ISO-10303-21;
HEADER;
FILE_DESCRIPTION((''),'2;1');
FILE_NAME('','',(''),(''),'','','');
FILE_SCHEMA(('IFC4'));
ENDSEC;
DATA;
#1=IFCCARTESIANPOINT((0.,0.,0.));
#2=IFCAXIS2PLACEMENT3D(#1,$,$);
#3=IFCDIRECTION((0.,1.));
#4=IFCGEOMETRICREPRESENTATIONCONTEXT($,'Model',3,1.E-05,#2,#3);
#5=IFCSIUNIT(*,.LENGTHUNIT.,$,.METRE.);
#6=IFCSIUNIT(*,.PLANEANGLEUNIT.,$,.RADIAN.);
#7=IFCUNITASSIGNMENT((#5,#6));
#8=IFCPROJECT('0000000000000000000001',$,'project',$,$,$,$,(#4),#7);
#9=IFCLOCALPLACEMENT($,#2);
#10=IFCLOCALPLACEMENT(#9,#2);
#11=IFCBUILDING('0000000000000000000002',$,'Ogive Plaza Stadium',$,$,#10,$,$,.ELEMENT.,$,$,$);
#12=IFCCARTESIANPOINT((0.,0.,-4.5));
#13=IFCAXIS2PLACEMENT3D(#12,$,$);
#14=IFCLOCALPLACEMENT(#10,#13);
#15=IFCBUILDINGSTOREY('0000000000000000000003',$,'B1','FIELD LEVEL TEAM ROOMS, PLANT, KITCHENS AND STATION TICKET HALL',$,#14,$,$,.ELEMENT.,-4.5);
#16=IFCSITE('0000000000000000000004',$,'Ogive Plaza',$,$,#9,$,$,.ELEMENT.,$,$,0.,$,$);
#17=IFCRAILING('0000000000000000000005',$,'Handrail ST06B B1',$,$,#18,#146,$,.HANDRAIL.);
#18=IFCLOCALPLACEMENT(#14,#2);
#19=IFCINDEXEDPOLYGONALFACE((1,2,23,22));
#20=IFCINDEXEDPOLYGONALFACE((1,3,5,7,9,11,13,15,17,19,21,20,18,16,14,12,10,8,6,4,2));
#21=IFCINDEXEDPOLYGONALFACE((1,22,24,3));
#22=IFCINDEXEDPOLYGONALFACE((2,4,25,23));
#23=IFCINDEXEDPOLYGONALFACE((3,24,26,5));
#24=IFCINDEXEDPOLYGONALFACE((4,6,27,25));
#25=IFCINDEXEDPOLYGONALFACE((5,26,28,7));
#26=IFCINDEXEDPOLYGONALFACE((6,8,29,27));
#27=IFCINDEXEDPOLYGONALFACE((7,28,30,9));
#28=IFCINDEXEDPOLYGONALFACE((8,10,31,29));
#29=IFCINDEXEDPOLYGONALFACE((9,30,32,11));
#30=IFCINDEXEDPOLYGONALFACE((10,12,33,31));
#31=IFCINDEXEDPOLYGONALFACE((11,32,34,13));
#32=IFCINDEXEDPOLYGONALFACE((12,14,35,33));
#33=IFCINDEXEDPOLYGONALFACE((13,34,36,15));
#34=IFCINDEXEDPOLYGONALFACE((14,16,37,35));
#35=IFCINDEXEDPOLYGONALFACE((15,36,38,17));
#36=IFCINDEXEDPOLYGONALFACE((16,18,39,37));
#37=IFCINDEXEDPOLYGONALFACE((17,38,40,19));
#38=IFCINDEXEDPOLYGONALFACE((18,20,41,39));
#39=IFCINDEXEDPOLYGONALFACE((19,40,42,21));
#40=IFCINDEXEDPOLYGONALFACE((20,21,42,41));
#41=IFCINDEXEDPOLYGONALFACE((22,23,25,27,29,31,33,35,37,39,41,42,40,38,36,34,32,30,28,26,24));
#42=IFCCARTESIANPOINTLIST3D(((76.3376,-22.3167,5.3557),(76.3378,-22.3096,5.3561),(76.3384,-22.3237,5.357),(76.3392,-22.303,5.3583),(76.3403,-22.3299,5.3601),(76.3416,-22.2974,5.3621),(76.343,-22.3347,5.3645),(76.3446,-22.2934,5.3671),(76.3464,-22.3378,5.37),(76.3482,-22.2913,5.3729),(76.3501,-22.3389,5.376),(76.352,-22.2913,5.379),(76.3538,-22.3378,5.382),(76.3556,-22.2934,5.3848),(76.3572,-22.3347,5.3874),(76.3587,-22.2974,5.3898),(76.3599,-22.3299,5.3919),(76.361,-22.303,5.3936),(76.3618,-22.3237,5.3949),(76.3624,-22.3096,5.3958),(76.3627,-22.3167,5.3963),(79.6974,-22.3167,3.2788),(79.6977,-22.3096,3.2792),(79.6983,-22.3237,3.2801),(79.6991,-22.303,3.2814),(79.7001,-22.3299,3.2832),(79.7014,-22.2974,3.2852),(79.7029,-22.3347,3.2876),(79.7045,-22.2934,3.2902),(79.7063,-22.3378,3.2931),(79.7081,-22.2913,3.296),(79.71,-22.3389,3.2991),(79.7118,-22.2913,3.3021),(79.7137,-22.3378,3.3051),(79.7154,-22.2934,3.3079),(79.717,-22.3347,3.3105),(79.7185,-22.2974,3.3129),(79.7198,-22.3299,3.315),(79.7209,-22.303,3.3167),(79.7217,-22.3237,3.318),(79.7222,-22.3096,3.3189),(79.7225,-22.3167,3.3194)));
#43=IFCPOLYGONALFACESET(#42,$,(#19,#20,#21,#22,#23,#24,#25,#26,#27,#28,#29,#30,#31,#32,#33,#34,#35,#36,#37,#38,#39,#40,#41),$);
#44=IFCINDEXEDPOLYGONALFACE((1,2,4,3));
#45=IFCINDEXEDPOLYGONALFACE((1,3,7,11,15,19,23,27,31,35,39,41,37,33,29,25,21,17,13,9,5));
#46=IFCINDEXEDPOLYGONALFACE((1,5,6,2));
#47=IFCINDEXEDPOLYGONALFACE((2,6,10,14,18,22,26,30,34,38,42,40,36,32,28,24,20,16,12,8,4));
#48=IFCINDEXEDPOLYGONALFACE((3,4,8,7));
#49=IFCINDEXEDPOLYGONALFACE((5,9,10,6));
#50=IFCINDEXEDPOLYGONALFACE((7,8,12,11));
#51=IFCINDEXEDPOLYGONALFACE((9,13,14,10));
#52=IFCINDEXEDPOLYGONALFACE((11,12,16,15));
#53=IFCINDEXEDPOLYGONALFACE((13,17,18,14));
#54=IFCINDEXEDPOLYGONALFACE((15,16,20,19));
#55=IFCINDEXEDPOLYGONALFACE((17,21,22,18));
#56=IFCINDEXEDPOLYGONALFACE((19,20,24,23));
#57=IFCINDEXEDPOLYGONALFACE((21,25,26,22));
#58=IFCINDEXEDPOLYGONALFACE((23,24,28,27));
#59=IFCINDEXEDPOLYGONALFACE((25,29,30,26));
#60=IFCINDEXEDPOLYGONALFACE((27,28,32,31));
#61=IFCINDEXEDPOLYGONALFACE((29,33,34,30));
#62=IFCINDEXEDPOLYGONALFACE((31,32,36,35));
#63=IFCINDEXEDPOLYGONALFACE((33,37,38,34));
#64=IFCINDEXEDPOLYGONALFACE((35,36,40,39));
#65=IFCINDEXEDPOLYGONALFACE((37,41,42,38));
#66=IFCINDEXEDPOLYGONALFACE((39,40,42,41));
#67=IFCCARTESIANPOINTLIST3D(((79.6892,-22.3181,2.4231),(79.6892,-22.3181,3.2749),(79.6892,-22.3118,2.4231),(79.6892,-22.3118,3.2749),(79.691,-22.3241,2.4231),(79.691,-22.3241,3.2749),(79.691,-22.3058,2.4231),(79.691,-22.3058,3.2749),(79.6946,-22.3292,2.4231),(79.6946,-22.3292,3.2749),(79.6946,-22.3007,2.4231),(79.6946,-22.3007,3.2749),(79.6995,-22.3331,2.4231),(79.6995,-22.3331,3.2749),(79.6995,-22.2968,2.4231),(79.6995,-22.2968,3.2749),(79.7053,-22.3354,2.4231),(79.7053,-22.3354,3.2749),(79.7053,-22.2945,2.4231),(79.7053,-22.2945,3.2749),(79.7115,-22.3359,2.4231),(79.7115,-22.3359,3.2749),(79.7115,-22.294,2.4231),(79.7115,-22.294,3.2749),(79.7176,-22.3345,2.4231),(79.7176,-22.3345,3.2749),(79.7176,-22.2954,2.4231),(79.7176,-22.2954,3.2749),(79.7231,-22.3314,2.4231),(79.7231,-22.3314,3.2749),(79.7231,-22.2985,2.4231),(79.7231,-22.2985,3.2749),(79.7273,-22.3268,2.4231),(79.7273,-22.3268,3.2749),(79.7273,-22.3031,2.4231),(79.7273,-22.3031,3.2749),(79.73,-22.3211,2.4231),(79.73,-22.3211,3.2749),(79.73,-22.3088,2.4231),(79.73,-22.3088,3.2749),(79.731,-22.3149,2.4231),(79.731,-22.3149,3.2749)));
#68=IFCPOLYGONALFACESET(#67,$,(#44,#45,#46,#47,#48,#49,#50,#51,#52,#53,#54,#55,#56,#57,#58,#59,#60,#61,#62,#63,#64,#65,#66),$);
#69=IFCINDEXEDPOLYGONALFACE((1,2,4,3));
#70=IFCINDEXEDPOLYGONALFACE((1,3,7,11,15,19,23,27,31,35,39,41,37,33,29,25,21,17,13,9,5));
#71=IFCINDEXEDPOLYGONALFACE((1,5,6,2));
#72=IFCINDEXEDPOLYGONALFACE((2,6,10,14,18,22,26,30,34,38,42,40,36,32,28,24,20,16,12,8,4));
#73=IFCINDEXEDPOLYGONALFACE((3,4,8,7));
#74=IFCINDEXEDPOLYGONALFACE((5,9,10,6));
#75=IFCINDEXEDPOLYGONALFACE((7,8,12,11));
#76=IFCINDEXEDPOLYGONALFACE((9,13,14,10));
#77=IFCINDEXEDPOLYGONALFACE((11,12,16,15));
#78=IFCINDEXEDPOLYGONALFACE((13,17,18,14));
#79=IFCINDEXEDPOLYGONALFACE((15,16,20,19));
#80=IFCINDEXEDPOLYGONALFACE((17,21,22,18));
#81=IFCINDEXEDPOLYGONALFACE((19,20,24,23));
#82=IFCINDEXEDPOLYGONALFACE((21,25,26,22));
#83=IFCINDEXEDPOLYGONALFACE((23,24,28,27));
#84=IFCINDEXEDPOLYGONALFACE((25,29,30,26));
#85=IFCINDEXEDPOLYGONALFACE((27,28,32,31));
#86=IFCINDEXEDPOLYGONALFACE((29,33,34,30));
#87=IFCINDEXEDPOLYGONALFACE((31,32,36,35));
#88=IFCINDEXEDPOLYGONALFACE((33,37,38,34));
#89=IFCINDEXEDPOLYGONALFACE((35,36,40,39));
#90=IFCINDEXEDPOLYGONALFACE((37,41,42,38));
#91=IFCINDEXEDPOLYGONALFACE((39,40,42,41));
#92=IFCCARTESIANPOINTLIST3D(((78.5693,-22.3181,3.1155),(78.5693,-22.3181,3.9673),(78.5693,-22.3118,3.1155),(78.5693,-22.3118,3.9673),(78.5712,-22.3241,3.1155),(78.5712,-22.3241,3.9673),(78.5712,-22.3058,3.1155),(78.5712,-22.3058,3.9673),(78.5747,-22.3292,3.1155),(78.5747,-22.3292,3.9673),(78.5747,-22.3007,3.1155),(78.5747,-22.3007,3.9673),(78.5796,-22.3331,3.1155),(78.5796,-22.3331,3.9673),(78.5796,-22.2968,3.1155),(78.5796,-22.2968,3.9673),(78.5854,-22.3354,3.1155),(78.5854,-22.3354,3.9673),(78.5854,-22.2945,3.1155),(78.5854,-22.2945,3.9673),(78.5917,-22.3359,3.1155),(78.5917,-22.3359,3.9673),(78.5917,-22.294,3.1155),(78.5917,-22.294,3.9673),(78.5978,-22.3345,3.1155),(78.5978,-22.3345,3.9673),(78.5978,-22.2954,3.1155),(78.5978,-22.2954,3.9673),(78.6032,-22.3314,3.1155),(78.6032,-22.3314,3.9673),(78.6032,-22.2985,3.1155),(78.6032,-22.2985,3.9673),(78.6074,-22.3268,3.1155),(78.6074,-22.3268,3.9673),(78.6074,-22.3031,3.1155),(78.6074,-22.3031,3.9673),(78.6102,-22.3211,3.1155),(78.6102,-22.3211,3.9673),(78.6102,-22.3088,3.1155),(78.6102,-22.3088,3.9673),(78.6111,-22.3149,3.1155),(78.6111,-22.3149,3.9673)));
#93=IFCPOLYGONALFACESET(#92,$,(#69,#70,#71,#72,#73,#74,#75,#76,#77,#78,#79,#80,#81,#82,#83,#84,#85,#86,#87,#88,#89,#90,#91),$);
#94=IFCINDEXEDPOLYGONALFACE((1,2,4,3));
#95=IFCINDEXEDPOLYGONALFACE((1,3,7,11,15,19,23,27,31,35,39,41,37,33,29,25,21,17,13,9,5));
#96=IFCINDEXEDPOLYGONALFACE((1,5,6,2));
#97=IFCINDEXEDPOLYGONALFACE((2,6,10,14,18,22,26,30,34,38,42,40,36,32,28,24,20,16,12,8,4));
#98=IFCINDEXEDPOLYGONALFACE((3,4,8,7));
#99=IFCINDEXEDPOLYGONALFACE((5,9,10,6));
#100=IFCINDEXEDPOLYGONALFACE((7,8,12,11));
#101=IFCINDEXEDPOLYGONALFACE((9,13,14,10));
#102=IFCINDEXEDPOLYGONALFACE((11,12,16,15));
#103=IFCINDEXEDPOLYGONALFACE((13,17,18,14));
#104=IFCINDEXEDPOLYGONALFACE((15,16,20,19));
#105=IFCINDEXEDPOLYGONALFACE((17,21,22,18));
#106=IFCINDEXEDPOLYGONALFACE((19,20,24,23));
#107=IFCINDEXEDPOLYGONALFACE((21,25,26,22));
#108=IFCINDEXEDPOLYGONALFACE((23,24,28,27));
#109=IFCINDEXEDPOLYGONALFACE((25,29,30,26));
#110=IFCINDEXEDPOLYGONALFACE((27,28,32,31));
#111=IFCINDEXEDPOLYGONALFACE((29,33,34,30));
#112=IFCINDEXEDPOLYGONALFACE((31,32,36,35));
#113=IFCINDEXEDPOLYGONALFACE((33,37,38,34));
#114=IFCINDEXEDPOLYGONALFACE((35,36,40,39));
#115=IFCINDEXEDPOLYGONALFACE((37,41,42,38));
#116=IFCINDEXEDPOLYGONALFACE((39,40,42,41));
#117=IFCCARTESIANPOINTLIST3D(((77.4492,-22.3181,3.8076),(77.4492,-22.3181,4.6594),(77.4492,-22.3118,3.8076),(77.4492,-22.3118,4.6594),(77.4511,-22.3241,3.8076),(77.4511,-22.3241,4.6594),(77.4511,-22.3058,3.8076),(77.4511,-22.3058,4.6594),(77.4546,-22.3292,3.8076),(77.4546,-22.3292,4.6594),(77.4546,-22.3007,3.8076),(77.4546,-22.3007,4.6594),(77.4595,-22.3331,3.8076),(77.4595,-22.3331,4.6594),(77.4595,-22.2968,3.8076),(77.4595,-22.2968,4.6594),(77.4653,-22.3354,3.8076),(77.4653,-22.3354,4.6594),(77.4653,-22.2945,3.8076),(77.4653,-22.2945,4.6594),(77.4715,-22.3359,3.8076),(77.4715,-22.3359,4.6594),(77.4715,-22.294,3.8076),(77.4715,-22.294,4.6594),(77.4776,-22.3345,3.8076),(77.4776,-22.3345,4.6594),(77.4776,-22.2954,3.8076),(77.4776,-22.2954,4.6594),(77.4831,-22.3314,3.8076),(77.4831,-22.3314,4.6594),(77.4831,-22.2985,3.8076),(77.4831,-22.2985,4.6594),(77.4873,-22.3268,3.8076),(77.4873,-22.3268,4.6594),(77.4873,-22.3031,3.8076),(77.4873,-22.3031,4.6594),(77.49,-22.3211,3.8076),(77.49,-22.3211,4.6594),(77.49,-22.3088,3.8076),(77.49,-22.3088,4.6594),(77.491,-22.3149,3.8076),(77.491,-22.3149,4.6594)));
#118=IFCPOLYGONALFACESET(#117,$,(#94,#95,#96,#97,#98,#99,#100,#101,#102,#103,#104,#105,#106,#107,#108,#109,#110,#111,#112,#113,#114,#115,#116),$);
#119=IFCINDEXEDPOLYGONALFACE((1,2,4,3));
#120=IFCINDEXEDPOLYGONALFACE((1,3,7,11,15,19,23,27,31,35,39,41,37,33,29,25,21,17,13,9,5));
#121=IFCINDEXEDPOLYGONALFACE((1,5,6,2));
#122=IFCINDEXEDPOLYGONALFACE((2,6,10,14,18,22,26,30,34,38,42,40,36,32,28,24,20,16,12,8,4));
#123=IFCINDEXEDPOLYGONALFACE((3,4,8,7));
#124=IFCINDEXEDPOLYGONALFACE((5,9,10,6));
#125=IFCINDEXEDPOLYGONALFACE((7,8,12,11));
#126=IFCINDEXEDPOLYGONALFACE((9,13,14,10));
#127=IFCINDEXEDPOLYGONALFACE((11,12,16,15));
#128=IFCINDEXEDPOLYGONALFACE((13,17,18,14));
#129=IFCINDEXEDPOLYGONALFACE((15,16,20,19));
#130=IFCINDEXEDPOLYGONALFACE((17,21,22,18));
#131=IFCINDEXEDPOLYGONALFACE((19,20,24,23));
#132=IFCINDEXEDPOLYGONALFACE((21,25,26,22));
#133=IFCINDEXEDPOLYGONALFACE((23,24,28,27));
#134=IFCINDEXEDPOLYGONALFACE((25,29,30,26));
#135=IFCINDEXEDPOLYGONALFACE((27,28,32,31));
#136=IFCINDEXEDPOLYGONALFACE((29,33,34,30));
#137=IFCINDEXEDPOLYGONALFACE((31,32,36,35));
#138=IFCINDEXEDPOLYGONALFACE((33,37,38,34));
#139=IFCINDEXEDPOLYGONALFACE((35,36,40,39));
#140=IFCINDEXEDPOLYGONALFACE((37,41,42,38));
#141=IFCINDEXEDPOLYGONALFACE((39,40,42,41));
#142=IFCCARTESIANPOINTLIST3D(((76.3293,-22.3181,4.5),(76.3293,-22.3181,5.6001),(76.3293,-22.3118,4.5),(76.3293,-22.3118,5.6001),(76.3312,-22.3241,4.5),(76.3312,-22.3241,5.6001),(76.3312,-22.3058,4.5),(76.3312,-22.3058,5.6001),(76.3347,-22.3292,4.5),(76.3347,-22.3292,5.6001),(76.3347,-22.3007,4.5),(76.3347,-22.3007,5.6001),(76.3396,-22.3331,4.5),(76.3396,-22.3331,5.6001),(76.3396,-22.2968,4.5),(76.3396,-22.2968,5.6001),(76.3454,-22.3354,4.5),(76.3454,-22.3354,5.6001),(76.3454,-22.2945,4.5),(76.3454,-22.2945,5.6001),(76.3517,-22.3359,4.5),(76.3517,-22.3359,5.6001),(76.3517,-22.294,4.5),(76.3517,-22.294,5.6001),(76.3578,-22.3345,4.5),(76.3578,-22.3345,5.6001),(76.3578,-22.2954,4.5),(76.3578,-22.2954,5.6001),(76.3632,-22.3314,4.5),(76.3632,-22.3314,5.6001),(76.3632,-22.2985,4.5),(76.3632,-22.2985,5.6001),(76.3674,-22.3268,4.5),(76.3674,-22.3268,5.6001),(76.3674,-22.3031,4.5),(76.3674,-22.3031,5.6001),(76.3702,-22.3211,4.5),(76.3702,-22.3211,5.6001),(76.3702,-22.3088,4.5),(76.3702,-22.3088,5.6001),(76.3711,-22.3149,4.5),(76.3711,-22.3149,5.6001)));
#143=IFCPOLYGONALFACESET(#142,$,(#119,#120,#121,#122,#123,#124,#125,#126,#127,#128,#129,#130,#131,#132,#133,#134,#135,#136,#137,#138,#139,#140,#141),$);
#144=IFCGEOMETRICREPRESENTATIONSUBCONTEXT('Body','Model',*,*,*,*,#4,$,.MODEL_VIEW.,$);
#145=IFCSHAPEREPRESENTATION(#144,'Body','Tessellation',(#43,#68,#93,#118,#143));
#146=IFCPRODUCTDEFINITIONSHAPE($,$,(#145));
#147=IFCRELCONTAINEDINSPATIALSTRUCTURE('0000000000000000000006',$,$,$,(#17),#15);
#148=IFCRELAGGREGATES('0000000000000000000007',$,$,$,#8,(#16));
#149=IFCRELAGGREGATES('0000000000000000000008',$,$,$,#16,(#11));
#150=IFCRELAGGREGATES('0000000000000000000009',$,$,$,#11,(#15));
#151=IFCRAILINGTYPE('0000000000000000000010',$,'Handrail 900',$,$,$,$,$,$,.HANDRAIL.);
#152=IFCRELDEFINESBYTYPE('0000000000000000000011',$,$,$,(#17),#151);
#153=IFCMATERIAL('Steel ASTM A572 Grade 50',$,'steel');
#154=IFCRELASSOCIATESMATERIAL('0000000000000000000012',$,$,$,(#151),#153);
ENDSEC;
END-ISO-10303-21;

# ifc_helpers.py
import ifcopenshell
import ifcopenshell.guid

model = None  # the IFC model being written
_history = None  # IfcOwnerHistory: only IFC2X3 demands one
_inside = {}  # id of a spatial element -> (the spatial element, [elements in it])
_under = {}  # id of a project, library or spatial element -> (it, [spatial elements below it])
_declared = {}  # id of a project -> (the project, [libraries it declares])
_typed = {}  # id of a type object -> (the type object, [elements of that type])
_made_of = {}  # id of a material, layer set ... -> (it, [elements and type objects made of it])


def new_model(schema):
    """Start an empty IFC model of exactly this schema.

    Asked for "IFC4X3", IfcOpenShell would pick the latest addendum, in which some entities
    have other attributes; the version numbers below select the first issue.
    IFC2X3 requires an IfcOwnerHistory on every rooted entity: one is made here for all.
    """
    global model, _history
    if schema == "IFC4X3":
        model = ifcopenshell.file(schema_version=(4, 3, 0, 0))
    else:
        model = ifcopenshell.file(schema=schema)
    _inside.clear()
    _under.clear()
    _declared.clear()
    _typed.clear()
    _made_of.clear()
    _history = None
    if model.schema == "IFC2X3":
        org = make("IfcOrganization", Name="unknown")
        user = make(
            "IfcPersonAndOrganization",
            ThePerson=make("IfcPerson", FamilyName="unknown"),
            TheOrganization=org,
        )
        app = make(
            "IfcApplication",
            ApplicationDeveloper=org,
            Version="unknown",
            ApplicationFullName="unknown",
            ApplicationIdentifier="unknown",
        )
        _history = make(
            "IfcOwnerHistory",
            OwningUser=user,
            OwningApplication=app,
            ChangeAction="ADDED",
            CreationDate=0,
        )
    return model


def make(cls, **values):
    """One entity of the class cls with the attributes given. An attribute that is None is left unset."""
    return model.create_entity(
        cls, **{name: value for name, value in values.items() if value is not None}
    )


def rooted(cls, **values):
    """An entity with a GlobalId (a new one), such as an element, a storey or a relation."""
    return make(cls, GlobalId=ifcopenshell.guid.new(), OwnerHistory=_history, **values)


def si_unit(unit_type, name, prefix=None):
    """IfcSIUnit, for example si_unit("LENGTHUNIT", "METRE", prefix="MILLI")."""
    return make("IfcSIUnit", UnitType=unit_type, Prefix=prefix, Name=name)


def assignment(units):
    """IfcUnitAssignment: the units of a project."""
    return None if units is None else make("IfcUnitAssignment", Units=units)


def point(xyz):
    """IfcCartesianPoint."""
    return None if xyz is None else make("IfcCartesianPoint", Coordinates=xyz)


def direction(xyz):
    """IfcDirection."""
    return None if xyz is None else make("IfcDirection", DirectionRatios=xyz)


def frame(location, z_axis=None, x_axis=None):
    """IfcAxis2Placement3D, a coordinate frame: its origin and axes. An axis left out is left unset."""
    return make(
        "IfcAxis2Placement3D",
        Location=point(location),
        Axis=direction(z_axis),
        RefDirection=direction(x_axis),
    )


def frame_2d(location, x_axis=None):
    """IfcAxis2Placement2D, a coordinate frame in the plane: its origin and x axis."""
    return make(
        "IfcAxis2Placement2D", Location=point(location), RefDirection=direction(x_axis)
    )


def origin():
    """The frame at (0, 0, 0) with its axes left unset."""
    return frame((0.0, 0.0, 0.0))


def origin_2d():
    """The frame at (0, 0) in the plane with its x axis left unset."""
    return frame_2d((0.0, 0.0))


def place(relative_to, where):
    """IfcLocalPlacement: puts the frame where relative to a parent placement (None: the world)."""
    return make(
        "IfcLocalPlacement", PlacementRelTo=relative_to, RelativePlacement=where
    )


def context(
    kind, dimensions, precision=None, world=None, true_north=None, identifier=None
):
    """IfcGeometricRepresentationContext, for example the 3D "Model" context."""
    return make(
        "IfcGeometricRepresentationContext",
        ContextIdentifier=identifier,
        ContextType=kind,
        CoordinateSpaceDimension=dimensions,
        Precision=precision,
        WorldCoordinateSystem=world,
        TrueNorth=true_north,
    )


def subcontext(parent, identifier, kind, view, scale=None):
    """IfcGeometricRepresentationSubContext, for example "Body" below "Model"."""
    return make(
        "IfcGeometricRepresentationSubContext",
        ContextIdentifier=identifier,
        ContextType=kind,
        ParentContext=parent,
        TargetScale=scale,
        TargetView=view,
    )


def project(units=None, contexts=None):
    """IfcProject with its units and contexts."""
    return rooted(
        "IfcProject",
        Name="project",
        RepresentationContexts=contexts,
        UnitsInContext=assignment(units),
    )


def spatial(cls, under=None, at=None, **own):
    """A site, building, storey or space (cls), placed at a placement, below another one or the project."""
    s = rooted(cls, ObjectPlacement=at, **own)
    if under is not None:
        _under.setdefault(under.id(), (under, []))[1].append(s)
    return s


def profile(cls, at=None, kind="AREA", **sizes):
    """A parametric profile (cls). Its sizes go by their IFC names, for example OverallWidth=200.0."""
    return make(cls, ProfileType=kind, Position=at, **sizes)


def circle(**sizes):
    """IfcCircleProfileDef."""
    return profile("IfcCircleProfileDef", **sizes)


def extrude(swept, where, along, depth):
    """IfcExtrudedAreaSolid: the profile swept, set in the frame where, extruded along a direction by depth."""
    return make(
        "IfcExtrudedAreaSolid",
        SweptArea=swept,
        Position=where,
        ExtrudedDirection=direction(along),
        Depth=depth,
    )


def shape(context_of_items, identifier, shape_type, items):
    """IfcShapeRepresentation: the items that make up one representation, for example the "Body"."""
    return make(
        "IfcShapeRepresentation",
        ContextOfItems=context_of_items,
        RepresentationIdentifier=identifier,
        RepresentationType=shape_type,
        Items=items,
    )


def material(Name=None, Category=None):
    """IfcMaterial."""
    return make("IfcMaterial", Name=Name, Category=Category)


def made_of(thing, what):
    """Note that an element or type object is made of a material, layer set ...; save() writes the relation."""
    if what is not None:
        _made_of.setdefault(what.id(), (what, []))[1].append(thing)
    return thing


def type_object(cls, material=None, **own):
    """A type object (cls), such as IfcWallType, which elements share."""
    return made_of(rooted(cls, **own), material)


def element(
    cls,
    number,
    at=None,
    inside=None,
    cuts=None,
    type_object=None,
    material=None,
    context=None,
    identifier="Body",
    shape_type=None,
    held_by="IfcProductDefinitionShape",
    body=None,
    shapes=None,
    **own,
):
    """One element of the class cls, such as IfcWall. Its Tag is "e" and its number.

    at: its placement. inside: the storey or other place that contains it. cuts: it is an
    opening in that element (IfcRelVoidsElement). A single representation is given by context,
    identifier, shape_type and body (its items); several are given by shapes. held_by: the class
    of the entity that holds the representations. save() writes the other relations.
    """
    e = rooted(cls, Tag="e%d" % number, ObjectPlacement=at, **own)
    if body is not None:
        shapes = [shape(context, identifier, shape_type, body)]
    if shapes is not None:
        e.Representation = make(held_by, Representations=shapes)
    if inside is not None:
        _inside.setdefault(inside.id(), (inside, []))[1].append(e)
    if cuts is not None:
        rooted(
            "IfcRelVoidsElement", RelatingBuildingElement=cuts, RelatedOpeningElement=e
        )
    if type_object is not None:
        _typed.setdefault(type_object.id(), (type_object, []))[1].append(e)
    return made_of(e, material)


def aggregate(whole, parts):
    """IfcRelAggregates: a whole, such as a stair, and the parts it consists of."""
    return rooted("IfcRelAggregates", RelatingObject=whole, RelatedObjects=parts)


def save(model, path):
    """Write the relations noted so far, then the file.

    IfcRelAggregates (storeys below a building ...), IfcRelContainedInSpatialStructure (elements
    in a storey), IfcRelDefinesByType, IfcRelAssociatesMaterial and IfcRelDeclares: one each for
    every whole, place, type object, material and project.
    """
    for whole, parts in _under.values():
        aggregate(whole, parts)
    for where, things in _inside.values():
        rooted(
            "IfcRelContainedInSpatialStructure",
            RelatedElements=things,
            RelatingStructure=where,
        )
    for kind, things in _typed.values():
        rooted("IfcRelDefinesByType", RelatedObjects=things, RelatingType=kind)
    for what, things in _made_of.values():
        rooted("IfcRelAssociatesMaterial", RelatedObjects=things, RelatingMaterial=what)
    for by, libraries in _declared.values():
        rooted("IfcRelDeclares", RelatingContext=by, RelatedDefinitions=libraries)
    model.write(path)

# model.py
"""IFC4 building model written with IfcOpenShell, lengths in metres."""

from ifc_helpers import new_model, si_unit, direction, frame, origin, origin_2d, place, context, subcontext, project, spatial, circle, extrude, material, type_object, element, save


model = new_model("IFC4")

# Units and contexts
model_context = context("Model", 3, precision=1e-05, world=origin(), true_north=direction((0.0, 1.0)))
body_context = subcontext(model_context, "Body", "Model", "MODEL_VIEW")
ifc_project = project(units=[si_unit("LENGTHUNIT", "METRE"), si_unit("PLANEANGLEUNIT", "RADIAN")], contexts=[model_context])

# Site, building, storey
site_placement = place(None, origin())
site = spatial("IfcSite", under=ifc_project, at=site_placement, Name="Ogive Plaza", CompositionType="ELEMENT", RefElevation=0.0)
building_placement = place(site_placement, origin())
building = spatial("IfcBuilding", under=site, at=building_placement, Name="Ogive Plaza Stadium", CompositionType="ELEMENT")
storey_placement = place(building_placement, frame((0.0, 0.0, -4.5)))
storey = spatial("IfcBuildingStorey", under=building, at=storey_placement, Name="B1", Description="FIELD LEVEL TEAM ROOMS, PLANT, KITCHENS AND STATION TICKET HALL", CompositionType="ELEMENT", Elevation=-4.5)

# Railing
ifc_material_1 = material(Name="Steel ASTM A572 Grade 50", Category="steel")
railing_type = type_object("IfcRailingType", Name="Handrail 900", PredefinedType="HANDRAIL", material=ifc_material_1)
for number, where, name in (
    (1, (79.71, -22.3149, 2.4231), "Handrail ST06B B1"),
):
    element("IfcRailing", number, at=place(storey_placement, frame(where)), inside=storey, type_object=railing_type, Name=name, PredefinedType="HANDRAIL", context=body_context, shape_type="SweptSolid", body=[
        extrude(circle(Radius=0.0239, at=origin_2d()), frame((0.0, 0.0, 0.876), z_axis=(-0.850606, 0.0, 0.525803), x_axis=(0.0, -1.0, 0.0)), (0.0, 0.0, 1.0), 3.95),
        extrude(circle(Radius=0.021, at=origin_2d()), origin(), (0.0, 0.0, 1.0), 0.8518),
        extrude(circle(Radius=0.021, at=origin_2d()), frame((-1.1199, 0.0, 0.6924)), (0.0, 0.0, 1.0), 0.8518),
        extrude(circle(Radius=0.021, at=origin_2d()), frame((-2.24, 0.0, 1.3845)), (0.0, 0.0, 1.0), 0.8518),
        extrude(circle(Radius=0.021, at=origin_2d()), frame((-3.3599, 0.0, 2.0769)), (0.0, 0.0, 1.0), 1.1001),
    ])

save(model, "model.ifc")
